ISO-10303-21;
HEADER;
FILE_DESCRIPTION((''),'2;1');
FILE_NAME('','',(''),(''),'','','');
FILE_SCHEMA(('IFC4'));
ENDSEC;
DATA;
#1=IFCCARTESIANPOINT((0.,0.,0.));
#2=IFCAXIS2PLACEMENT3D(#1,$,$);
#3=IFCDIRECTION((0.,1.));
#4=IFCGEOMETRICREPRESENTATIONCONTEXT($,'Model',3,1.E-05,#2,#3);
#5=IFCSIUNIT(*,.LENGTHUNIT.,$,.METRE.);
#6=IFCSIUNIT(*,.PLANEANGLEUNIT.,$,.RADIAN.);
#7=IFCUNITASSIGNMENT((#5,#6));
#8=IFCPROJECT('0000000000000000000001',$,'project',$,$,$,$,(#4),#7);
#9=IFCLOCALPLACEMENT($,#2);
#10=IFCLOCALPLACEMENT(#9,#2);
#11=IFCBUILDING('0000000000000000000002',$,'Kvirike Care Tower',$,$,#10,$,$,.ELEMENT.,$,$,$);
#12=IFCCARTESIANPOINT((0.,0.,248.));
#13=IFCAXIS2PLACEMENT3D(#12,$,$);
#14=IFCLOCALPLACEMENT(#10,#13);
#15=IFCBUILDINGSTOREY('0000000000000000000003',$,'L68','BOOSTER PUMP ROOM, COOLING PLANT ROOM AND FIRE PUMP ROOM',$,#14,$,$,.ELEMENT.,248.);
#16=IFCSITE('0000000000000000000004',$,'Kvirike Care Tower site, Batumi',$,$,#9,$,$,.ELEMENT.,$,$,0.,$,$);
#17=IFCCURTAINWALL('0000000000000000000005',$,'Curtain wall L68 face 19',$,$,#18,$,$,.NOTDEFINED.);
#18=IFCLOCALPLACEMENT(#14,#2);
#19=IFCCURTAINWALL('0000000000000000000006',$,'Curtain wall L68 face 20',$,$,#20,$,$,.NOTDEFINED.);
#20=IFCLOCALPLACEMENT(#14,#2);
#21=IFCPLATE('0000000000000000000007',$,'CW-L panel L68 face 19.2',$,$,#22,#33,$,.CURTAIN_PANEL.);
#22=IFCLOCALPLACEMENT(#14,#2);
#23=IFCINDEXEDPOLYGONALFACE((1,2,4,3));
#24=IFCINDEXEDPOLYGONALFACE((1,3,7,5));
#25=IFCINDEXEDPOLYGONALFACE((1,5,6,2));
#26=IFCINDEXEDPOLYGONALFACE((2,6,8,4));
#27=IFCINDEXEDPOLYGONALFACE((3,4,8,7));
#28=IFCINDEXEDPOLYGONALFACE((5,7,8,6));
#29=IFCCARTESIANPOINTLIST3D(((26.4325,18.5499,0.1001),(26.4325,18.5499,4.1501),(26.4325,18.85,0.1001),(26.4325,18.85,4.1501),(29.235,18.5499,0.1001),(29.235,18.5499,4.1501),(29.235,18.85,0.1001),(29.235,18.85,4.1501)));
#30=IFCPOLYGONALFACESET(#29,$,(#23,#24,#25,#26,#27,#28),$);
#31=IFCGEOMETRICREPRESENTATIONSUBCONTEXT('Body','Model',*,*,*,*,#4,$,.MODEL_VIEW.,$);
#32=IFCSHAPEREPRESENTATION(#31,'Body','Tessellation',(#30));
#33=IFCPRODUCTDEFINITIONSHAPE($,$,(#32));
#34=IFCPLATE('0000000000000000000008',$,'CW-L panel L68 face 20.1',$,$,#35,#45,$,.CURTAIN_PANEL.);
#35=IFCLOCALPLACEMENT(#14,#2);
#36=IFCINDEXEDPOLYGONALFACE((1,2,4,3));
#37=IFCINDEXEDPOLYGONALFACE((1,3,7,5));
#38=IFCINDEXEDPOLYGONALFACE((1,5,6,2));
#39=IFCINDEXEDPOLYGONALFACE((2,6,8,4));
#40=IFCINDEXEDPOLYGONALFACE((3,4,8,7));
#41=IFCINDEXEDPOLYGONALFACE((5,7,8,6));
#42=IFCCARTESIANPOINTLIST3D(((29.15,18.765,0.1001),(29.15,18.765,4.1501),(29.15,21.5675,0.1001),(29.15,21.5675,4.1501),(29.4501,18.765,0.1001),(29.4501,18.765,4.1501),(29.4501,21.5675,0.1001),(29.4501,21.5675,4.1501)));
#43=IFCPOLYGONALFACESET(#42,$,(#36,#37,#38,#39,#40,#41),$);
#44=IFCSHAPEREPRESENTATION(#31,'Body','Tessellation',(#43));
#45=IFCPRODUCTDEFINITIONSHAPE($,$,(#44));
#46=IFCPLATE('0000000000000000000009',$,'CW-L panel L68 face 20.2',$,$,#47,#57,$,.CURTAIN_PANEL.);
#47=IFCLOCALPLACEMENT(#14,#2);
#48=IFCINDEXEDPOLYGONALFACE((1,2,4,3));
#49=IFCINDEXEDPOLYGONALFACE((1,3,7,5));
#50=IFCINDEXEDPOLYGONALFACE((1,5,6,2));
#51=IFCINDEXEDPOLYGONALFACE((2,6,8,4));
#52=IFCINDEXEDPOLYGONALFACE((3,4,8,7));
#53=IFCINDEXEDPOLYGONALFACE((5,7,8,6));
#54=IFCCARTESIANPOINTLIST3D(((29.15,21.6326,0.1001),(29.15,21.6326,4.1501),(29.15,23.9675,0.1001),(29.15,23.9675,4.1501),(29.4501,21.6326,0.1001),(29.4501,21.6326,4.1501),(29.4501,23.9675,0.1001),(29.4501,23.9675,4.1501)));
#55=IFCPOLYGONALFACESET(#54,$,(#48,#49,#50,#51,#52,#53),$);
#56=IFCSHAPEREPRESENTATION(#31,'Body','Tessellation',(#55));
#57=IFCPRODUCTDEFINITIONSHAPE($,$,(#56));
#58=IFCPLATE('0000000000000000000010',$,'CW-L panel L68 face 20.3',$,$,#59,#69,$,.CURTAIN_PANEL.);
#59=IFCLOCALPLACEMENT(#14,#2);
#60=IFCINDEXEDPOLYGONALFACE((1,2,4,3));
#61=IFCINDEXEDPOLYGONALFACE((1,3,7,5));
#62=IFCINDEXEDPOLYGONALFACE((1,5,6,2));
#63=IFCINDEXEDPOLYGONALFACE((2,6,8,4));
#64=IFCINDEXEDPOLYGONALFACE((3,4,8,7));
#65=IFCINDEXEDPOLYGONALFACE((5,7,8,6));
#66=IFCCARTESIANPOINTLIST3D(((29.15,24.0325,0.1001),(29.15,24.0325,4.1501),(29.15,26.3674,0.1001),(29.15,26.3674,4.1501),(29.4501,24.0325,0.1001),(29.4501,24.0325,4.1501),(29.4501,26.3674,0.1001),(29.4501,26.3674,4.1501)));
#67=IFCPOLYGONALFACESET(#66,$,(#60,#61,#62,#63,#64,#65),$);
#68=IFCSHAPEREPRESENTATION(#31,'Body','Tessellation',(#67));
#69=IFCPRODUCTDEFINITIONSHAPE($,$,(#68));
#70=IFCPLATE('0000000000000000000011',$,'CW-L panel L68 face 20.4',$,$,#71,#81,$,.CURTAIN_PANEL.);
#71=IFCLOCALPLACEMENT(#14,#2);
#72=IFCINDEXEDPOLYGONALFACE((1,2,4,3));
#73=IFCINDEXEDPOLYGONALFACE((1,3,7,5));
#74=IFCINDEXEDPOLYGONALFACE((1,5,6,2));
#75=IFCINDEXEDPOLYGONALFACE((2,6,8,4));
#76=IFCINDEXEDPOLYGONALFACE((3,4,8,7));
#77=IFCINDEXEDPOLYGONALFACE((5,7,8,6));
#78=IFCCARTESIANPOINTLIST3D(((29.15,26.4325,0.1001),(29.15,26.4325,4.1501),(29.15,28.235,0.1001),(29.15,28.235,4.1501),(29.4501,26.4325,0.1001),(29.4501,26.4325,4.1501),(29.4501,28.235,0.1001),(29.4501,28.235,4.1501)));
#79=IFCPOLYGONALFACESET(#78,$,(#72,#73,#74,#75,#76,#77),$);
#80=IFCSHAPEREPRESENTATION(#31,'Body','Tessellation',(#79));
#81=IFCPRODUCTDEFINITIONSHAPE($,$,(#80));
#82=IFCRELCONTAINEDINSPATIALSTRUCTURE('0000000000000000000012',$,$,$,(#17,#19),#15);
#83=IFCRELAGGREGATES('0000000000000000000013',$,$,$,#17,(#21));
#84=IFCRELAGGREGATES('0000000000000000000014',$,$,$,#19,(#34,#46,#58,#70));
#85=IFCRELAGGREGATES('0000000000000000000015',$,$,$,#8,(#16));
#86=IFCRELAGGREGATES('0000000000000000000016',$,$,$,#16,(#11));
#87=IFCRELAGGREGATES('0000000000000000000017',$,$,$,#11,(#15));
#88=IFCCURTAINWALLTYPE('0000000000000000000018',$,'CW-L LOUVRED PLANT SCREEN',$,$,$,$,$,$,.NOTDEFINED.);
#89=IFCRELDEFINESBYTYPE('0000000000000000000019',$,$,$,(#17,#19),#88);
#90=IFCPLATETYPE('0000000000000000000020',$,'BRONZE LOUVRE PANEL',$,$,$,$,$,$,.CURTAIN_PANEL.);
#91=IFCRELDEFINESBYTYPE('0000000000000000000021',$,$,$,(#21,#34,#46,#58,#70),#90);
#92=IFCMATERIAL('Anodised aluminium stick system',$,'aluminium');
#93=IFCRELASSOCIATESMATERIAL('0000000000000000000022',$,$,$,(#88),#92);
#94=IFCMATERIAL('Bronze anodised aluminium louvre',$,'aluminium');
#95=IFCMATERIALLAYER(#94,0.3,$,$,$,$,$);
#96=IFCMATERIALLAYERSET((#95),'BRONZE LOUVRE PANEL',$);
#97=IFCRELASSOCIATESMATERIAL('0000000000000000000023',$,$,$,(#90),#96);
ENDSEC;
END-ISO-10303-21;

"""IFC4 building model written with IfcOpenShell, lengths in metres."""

from ifc_helpers import new_model, si_unit, direction, frame, origin, origin_2d, place, context, subcontext, project, spatial, rectangle, extrude, material, layer, layer_set, type_object, element, aggregate, save


model = new_model("IFC4")

# Units and contexts
model_context = context("Model", 3, precision=1e-05, world=origin(), true_north=direction((0.0, 1.0)))
body_context = subcontext(model_context, "Body", "Model", "MODEL_VIEW")
ifc_project = project(units=[si_unit("LENGTHUNIT", "METRE"), si_unit("PLANEANGLEUNIT", "RADIAN")], contexts=[model_context])

# Site, building, storey
site_placement = place(None, origin())
site = spatial("IfcSite", under=ifc_project, at=site_placement, Name="Kvirike Care Tower site, Batumi", CompositionType="ELEMENT", RefElevation=0.0)
building_placement = place(site_placement, origin())
building = spatial("IfcBuilding", under=site, at=building_placement, Name="Kvirike Care Tower", CompositionType="ELEMENT")
storey_placement = place(building_placement, frame((0.0, 0.0, 248.0)))
storey = spatial("IfcBuildingStorey", under=building, at=storey_placement, Name="L68", Description="BOOSTER PUMP ROOM, COOLING PLANT ROOM AND FIRE PUMP ROOM", CompositionType="ELEMENT", Elevation=248.0)

# Curtain walls
ifc_material_1 = material(Name="Anodised aluminium stick system", Category="aluminium")
curtain_wall_type = type_object("IfcCurtainWallType", Name="CW-L LOUVRED PLANT SCREEN", PredefinedType="NOTDEFINED", material=ifc_material_1)
curtain_wall_1_placement = place(storey_placement, origin())
curtain_wall_1 = element("IfcCurtainWall", 1, at=curtain_wall_1_placement, inside=storey, type_object=curtain_wall_type, Name="Curtain wall L68 face 19", PredefinedType="NOTDEFINED")
curtain_wall_2_placement = place(storey_placement, origin())
curtain_wall_2 = element("IfcCurtainWall", 2, at=curtain_wall_2_placement, inside=storey, type_object=curtain_wall_type, Name="Curtain wall L68 face 20", PredefinedType="NOTDEFINED")

# Shared definitions
ifc_material_2 = material(Name="Bronze anodised aluminium louvre", Category="aluminium")
ifc_layer = layer(ifc_material_2, 0.3)
ifc_layer_set = layer_set([ifc_layer], Name="BRONZE LOUVRE PANEL")
plate_type = type_object("IfcPlateType", Name="BRONZE LOUVRE PANEL", PredefinedType="CURTAIN_PANEL", material=ifc_layer_set)

# Plates
plate_1_placement = place(storey_placement, frame((27.8337, 18.7, 0.1001), z_axis=(0.0, 0.0, 1.0), x_axis=(1.0, 0.0, 0.0)))
plate_1 = element("IfcPlate", 3, at=plate_1_placement, type_object=plate_type, Name="CW-L panel L68 face 19.2", PredefinedType="CURTAIN_PANEL", context=body_context, shape_type="SweptSolid", body=[
    extrude(rectangle(XDim=2.8025, YDim=0.3, at=origin_2d()), origin(), (0.0, 0.0, 1.0), 4.05),
])
aggregate(curtain_wall_1, [plate_1])
plate_2_placement = place(storey_placement, frame((29.3, 20.1663, 0.1001), z_axis=(0.0, 0.0, 1.0), x_axis=(0.0, 1.0, 0.0)))
plate_2 = element("IfcPlate", 4, at=plate_2_placement, type_object=plate_type, Name="CW-L panel L68 face 20.1", PredefinedType="CURTAIN_PANEL", context=body_context, shape_type="SweptSolid", body=[
    extrude(rectangle(XDim=2.8025, YDim=0.3, at=origin_2d()), origin(), (0.0, 0.0, 1.0), 4.05),
])
plate_3_placement = place(storey_placement, frame((29.3, 22.8, 0.1001), z_axis=(0.0, 0.0, 1.0), x_axis=(0.0, 1.0, 0.0)))
plate_3 = element("IfcPlate", 5, at=plate_3_placement, type_object=plate_type, Name="CW-L panel L68 face 20.2", PredefinedType="CURTAIN_PANEL", context=body_context, shape_type="SweptSolid", body=[
    extrude(rectangle(XDim=2.335, YDim=0.3, at=origin_2d()), origin(), (0.0, 0.0, 1.0), 4.05),
])
plate_4_placement = place(storey_placement, frame((29.3, 25.2, 0.1001), z_axis=(0.0, 0.0, 1.0), x_axis=(0.0, 1.0, 0.0)))
plate_4 = element("IfcPlate", 6, at=plate_4_placement, type_object=plate_type, Name="CW-L panel L68 face 20.3", PredefinedType="CURTAIN_PANEL", context=body_context, shape_type="SweptSolid", body=[
    extrude(rectangle(XDim=2.335, YDim=0.3, at=origin_2d()), origin(), (0.0, 0.0, 1.0), 4.05),
])
plate_5_placement = place(storey_placement, frame((29.3, 27.3337, 0.1001), z_axis=(0.0, 0.0, 1.0), x_axis=(0.0, 1.0, 0.0)))
plate_5 = element("IfcPlate", 7, at=plate_5_placement, type_object=plate_type, Name="CW-L panel L68 face 20.4", PredefinedType="CURTAIN_PANEL", context=body_context, shape_type="SweptSolid", body=[
    extrude(rectangle(XDim=1.8025, YDim=0.3, at=origin_2d()), origin(), (0.0, 0.0, 1.0), 4.05),
])
aggregate(curtain_wall_2, [plate_2, plate_3, plate_4, plate_5])

save(model, "model.ifc")
